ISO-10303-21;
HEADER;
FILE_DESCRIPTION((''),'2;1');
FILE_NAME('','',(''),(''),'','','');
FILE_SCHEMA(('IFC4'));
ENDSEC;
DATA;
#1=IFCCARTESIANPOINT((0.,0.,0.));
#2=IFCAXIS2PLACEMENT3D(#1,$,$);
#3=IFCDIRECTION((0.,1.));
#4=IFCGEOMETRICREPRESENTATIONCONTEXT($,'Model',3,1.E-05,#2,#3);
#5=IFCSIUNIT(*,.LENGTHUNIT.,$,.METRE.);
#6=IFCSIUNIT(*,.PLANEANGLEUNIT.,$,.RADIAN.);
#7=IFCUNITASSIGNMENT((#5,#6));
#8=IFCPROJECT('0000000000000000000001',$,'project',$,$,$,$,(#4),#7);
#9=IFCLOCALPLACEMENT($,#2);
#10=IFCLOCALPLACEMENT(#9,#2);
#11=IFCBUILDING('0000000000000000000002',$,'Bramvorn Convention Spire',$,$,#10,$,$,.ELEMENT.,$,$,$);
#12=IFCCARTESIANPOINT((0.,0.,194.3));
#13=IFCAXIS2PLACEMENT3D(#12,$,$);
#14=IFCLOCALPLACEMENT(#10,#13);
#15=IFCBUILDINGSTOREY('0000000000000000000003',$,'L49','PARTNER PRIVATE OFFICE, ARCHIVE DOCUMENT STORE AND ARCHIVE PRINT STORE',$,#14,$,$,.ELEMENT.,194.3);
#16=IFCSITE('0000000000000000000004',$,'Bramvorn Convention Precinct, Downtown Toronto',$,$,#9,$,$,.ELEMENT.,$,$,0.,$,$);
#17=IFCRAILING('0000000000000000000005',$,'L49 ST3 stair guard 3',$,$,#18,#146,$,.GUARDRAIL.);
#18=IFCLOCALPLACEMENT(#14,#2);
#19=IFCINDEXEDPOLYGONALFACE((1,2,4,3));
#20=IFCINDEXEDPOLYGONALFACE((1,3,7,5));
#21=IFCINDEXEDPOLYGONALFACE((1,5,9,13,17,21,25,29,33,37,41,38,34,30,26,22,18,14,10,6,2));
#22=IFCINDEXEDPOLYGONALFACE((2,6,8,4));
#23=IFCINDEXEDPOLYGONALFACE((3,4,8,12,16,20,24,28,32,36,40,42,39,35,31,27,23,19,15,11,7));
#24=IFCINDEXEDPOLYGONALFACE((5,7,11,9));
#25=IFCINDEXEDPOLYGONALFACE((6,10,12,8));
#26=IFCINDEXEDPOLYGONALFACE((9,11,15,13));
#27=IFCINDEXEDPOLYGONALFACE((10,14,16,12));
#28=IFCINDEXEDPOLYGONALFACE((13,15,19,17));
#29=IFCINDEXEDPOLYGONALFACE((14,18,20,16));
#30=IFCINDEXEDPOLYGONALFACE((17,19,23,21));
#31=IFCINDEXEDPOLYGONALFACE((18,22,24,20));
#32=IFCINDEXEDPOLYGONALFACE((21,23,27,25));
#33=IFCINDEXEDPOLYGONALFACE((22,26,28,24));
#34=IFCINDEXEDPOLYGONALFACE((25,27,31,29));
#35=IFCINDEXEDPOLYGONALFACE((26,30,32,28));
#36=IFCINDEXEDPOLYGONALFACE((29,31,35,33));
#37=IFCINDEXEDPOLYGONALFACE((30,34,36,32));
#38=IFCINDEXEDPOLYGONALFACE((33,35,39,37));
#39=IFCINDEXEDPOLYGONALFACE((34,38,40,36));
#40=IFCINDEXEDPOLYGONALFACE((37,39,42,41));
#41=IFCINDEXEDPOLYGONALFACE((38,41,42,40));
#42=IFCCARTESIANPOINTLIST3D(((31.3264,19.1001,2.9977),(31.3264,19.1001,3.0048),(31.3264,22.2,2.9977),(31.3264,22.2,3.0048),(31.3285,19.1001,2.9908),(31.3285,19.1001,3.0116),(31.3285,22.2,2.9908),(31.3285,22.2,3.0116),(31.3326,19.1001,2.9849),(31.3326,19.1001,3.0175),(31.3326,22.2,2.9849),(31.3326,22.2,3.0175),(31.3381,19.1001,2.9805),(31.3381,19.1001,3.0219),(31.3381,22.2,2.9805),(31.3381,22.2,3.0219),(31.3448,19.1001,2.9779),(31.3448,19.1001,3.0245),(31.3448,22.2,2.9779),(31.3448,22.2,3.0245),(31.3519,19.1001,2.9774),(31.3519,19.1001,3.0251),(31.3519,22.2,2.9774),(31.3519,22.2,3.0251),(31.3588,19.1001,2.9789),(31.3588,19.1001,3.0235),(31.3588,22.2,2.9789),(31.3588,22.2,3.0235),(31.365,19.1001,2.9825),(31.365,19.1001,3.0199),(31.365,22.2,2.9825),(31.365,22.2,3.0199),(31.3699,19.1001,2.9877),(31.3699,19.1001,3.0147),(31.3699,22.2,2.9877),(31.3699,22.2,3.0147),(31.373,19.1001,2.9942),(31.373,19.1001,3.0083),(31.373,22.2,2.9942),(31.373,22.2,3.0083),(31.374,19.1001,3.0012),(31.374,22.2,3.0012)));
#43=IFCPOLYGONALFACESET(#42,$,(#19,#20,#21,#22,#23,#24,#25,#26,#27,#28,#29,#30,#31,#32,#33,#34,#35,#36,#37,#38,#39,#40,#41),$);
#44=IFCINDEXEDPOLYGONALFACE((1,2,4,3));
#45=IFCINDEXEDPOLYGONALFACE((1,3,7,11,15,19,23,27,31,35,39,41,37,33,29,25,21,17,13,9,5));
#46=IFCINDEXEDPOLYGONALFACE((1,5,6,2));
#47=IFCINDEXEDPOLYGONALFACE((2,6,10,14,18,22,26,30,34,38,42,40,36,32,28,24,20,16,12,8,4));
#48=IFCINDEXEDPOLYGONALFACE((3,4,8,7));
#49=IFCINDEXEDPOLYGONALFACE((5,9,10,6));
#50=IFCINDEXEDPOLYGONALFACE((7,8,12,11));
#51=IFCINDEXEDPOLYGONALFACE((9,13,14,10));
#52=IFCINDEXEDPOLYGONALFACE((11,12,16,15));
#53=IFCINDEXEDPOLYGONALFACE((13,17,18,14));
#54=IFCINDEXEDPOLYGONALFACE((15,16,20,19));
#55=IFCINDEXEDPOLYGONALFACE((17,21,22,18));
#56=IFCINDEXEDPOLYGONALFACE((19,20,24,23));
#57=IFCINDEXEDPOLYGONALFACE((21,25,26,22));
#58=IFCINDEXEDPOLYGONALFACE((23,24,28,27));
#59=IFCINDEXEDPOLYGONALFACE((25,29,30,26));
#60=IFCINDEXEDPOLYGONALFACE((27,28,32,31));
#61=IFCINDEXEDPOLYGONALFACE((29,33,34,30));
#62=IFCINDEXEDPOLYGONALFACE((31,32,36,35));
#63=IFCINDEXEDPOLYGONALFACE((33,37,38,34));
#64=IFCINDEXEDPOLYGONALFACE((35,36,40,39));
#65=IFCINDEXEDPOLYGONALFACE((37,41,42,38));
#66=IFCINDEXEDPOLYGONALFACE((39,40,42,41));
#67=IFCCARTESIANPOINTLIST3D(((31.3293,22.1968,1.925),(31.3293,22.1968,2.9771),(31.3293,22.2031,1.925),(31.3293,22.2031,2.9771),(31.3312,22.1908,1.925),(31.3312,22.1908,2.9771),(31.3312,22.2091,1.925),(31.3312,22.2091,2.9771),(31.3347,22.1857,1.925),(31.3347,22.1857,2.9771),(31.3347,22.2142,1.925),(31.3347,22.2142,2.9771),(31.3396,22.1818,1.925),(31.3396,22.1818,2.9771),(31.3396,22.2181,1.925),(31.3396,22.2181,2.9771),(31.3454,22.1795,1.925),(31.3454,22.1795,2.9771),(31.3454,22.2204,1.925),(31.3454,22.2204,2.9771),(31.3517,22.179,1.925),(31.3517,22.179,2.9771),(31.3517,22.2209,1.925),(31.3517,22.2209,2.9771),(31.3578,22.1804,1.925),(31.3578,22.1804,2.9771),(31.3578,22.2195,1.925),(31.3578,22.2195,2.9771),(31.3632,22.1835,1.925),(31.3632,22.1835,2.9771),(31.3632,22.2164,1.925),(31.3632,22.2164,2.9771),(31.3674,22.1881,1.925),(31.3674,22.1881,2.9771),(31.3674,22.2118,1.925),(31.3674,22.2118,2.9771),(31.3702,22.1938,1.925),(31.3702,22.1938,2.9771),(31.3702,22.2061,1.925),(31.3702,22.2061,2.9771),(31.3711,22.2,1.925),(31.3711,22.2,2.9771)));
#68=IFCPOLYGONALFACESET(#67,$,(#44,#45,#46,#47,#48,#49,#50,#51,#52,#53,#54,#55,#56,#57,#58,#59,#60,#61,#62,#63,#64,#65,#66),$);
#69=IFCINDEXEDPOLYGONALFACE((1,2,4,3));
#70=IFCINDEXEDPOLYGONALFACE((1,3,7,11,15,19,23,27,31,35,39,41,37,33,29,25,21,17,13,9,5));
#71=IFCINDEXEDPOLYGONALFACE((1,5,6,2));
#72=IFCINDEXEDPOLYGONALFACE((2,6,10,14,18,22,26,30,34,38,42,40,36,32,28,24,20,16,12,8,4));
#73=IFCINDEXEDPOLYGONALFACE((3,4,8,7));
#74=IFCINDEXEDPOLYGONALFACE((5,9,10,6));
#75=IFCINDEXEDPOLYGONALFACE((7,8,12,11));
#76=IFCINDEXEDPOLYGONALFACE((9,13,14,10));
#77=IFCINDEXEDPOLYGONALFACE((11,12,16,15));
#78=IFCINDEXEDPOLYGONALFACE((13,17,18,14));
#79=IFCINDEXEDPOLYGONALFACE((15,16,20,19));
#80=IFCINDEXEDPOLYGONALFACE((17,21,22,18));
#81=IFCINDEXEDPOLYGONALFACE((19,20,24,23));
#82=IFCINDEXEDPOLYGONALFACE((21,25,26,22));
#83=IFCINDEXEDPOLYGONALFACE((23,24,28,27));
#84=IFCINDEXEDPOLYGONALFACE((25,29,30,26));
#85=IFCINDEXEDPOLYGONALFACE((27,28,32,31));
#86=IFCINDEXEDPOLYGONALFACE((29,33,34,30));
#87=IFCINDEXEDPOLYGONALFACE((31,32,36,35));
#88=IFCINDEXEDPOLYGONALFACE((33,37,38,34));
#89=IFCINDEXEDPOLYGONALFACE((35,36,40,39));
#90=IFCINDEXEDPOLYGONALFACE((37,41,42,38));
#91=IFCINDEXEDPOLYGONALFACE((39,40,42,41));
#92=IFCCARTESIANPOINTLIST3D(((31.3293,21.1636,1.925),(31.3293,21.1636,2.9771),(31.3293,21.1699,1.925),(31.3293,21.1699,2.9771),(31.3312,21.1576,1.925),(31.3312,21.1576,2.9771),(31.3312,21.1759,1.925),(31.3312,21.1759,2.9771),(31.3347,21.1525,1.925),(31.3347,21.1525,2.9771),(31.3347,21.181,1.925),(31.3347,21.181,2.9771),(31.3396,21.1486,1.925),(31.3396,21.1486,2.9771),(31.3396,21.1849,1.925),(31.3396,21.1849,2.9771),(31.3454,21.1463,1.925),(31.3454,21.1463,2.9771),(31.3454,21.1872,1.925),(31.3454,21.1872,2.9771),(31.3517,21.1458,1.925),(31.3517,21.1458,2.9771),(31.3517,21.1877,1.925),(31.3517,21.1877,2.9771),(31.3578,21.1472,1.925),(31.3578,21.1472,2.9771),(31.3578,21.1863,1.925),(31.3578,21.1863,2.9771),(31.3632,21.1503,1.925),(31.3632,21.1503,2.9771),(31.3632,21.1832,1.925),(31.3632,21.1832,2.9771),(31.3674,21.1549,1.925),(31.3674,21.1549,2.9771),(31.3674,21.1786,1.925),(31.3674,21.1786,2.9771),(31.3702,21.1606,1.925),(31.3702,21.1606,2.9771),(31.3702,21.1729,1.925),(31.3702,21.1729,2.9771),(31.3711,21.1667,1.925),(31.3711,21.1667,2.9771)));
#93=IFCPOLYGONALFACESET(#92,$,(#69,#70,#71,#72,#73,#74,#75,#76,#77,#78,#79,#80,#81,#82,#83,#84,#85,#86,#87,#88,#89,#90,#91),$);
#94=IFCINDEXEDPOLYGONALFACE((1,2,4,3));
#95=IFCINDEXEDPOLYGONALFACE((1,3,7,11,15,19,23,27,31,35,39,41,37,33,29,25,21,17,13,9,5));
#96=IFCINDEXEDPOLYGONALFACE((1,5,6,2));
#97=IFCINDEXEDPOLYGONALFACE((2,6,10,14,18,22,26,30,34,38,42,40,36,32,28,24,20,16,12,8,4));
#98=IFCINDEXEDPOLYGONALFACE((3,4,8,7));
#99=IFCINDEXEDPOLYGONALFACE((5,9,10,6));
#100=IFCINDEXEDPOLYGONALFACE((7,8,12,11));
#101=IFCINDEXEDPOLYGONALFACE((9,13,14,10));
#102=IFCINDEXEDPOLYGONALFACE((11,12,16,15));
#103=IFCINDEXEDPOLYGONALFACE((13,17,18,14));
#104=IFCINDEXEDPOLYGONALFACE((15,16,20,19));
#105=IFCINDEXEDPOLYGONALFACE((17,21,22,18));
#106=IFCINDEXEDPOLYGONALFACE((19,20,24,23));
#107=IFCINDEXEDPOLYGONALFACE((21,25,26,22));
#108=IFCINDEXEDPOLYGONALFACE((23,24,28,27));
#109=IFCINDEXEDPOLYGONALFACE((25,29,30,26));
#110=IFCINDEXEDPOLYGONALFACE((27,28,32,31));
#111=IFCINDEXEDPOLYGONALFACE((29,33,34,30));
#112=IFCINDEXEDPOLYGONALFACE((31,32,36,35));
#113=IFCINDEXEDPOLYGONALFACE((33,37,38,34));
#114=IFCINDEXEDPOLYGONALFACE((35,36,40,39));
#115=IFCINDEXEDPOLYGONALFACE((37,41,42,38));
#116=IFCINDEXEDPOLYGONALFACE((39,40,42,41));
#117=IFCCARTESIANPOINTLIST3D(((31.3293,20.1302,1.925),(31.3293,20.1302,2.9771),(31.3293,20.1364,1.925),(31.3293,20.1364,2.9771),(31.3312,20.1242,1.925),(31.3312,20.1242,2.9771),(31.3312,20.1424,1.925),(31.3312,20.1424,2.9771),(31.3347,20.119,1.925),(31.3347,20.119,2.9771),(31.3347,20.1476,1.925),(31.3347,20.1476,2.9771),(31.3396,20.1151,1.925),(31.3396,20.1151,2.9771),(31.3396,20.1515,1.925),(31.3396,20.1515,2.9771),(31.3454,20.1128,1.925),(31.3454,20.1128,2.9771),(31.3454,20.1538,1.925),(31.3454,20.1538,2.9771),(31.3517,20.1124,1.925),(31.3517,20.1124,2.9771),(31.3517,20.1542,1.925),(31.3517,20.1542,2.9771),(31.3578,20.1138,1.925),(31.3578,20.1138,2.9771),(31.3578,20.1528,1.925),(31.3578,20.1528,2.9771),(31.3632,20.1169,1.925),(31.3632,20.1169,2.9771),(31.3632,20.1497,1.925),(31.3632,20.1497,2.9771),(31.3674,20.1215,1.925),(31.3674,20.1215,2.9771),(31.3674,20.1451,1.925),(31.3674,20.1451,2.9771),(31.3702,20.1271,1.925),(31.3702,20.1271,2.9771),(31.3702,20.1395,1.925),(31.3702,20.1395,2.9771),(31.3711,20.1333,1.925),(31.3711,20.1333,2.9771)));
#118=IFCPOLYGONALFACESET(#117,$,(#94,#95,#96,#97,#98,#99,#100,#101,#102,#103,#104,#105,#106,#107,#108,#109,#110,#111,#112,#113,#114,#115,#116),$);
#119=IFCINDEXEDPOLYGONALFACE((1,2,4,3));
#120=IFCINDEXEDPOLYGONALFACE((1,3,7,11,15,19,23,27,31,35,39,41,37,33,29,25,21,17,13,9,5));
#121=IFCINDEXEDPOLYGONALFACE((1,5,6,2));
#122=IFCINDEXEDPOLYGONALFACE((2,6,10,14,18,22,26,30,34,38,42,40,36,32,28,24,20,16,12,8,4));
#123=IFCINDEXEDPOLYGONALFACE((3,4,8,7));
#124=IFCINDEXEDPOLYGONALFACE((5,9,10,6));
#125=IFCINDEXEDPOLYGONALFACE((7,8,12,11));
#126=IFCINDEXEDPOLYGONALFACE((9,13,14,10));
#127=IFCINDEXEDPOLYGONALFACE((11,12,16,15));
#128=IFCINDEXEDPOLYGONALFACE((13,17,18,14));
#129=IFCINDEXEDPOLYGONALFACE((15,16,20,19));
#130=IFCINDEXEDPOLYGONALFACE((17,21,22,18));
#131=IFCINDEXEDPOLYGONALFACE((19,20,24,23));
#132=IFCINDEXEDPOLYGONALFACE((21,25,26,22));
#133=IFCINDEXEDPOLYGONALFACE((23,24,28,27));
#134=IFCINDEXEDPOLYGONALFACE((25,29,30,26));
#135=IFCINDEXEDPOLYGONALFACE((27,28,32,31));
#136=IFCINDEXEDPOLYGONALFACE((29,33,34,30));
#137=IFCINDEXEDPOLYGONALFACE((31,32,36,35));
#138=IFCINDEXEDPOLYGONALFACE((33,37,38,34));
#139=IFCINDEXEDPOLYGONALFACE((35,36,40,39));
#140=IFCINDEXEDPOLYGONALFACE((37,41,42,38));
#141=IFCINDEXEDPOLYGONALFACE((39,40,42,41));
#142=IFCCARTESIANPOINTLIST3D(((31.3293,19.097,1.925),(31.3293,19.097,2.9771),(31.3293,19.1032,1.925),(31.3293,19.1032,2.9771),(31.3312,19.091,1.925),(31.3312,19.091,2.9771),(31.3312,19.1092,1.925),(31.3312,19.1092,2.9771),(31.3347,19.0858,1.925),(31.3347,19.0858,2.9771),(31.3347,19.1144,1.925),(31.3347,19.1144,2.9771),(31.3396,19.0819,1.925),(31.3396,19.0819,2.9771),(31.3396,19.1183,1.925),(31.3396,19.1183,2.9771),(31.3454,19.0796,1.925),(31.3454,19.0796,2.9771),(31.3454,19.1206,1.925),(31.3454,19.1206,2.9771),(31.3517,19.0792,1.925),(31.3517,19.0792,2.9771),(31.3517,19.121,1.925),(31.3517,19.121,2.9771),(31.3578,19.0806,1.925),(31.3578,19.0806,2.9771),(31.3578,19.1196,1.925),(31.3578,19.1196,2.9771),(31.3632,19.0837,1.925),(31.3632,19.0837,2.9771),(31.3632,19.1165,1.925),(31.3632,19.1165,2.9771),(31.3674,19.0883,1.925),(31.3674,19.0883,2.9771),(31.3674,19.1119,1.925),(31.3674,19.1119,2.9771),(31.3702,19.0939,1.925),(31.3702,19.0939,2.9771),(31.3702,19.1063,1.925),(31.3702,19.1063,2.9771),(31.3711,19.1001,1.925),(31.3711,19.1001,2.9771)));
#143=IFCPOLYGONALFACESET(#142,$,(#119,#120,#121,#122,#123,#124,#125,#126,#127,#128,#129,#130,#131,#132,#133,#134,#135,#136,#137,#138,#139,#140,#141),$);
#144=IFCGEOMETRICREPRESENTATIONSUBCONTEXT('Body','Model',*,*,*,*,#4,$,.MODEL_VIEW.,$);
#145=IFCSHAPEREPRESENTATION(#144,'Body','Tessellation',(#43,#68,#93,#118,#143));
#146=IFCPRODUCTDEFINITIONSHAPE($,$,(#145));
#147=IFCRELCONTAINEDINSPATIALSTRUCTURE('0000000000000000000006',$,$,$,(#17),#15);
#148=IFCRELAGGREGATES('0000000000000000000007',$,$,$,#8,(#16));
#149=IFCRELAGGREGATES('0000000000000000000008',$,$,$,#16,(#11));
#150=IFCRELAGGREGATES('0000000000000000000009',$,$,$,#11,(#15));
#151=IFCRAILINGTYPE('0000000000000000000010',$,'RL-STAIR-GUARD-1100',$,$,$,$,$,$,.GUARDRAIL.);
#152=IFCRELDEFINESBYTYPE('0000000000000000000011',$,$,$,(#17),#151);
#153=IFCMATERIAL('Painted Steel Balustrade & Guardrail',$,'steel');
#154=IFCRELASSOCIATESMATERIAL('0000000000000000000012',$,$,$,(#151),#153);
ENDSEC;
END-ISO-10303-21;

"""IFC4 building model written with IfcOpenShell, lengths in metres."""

from ifc_helpers import new_model, si_unit, direction, frame, origin, origin_2d, place, context, subcontext, project, spatial, circle, extrude, material, type_object, element, save


model = new_model("IFC4")

# Units and contexts
model_context = context("Model", 3, precision=1e-05, world=origin(), true_north=direction((0.0, 1.0)))
body_context = subcontext(model_context, "Body", "Model", "MODEL_VIEW")
ifc_project = project(units=[si_unit("LENGTHUNIT", "METRE"), si_unit("PLANEANGLEUNIT", "RADIAN")], contexts=[model_context])

# Site, building, storey
site_placement = place(None, origin())
site = spatial("IfcSite", under=ifc_project, at=site_placement, Name="Bramvorn Convention Precinct, Downtown Toronto", CompositionType="ELEMENT", RefElevation=0.0)
building_placement = place(site_placement, origin())
building = spatial("IfcBuilding", under=site, at=building_placement, Name="Bramvorn Convention Spire", CompositionType="ELEMENT")
storey_placement = place(building_placement, frame((0.0, 0.0, 194.3)))
storey = spatial("IfcBuildingStorey", under=building, at=storey_placement, Name="L49", Description="PARTNER PRIVATE OFFICE, ARCHIVE DOCUMENT STORE AND ARCHIVE PRINT STORE", CompositionType="ELEMENT", Elevation=194.3)

# Railing
ifc_material_1 = material(Name="Painted Steel Balustrade & Guardrail", Category="steel")
railing_type_1 = type_object("IfcRailingType", Name="RL-STAIR-GUARD-1100", PredefinedType="GUARDRAIL", material=ifc_material_1)
railing_1_placement = place(storey_placement, frame((31.3501, 22.2, 1.925)))
element("IfcRailing", 1, at=railing_1_placement, inside=storey, type_object=railing_type_1, Name="L49 ST3 stair guard 3", PredefinedType="GUARDRAIL", context=body_context, shape_type="SweptSolid", body=[
    extrude(circle(Radius=0.0239, at=origin_2d()), frame((0.0, 0.0, 1.0762), z_axis=(0.0, -1.0, 0.0), x_axis=(1.0, 0.0, 0.0)), (0.0, 0.0, 1.0), 3.0999),
    extrude(circle(Radius=0.021, at=origin_2d()), origin(), (0.0, 0.0, 1.0), 1.052),
    extrude(circle(Radius=0.021, at=origin_2d()), frame((0.0, -1.0332, 0.0)), (0.0, 0.0, 1.0), 1.052),
    extrude(circle(Radius=0.021, at=origin_2d()), frame((0.0, -2.0667, 0.0)), (0.0, 0.0, 1.0), 1.052),
    extrude(circle(Radius=0.021, at=origin_2d()), frame((0.0, -3.0999, 0.0)), (0.0, 0.0, 1.0), 1.052),
])

save(model, "model.ifc")
